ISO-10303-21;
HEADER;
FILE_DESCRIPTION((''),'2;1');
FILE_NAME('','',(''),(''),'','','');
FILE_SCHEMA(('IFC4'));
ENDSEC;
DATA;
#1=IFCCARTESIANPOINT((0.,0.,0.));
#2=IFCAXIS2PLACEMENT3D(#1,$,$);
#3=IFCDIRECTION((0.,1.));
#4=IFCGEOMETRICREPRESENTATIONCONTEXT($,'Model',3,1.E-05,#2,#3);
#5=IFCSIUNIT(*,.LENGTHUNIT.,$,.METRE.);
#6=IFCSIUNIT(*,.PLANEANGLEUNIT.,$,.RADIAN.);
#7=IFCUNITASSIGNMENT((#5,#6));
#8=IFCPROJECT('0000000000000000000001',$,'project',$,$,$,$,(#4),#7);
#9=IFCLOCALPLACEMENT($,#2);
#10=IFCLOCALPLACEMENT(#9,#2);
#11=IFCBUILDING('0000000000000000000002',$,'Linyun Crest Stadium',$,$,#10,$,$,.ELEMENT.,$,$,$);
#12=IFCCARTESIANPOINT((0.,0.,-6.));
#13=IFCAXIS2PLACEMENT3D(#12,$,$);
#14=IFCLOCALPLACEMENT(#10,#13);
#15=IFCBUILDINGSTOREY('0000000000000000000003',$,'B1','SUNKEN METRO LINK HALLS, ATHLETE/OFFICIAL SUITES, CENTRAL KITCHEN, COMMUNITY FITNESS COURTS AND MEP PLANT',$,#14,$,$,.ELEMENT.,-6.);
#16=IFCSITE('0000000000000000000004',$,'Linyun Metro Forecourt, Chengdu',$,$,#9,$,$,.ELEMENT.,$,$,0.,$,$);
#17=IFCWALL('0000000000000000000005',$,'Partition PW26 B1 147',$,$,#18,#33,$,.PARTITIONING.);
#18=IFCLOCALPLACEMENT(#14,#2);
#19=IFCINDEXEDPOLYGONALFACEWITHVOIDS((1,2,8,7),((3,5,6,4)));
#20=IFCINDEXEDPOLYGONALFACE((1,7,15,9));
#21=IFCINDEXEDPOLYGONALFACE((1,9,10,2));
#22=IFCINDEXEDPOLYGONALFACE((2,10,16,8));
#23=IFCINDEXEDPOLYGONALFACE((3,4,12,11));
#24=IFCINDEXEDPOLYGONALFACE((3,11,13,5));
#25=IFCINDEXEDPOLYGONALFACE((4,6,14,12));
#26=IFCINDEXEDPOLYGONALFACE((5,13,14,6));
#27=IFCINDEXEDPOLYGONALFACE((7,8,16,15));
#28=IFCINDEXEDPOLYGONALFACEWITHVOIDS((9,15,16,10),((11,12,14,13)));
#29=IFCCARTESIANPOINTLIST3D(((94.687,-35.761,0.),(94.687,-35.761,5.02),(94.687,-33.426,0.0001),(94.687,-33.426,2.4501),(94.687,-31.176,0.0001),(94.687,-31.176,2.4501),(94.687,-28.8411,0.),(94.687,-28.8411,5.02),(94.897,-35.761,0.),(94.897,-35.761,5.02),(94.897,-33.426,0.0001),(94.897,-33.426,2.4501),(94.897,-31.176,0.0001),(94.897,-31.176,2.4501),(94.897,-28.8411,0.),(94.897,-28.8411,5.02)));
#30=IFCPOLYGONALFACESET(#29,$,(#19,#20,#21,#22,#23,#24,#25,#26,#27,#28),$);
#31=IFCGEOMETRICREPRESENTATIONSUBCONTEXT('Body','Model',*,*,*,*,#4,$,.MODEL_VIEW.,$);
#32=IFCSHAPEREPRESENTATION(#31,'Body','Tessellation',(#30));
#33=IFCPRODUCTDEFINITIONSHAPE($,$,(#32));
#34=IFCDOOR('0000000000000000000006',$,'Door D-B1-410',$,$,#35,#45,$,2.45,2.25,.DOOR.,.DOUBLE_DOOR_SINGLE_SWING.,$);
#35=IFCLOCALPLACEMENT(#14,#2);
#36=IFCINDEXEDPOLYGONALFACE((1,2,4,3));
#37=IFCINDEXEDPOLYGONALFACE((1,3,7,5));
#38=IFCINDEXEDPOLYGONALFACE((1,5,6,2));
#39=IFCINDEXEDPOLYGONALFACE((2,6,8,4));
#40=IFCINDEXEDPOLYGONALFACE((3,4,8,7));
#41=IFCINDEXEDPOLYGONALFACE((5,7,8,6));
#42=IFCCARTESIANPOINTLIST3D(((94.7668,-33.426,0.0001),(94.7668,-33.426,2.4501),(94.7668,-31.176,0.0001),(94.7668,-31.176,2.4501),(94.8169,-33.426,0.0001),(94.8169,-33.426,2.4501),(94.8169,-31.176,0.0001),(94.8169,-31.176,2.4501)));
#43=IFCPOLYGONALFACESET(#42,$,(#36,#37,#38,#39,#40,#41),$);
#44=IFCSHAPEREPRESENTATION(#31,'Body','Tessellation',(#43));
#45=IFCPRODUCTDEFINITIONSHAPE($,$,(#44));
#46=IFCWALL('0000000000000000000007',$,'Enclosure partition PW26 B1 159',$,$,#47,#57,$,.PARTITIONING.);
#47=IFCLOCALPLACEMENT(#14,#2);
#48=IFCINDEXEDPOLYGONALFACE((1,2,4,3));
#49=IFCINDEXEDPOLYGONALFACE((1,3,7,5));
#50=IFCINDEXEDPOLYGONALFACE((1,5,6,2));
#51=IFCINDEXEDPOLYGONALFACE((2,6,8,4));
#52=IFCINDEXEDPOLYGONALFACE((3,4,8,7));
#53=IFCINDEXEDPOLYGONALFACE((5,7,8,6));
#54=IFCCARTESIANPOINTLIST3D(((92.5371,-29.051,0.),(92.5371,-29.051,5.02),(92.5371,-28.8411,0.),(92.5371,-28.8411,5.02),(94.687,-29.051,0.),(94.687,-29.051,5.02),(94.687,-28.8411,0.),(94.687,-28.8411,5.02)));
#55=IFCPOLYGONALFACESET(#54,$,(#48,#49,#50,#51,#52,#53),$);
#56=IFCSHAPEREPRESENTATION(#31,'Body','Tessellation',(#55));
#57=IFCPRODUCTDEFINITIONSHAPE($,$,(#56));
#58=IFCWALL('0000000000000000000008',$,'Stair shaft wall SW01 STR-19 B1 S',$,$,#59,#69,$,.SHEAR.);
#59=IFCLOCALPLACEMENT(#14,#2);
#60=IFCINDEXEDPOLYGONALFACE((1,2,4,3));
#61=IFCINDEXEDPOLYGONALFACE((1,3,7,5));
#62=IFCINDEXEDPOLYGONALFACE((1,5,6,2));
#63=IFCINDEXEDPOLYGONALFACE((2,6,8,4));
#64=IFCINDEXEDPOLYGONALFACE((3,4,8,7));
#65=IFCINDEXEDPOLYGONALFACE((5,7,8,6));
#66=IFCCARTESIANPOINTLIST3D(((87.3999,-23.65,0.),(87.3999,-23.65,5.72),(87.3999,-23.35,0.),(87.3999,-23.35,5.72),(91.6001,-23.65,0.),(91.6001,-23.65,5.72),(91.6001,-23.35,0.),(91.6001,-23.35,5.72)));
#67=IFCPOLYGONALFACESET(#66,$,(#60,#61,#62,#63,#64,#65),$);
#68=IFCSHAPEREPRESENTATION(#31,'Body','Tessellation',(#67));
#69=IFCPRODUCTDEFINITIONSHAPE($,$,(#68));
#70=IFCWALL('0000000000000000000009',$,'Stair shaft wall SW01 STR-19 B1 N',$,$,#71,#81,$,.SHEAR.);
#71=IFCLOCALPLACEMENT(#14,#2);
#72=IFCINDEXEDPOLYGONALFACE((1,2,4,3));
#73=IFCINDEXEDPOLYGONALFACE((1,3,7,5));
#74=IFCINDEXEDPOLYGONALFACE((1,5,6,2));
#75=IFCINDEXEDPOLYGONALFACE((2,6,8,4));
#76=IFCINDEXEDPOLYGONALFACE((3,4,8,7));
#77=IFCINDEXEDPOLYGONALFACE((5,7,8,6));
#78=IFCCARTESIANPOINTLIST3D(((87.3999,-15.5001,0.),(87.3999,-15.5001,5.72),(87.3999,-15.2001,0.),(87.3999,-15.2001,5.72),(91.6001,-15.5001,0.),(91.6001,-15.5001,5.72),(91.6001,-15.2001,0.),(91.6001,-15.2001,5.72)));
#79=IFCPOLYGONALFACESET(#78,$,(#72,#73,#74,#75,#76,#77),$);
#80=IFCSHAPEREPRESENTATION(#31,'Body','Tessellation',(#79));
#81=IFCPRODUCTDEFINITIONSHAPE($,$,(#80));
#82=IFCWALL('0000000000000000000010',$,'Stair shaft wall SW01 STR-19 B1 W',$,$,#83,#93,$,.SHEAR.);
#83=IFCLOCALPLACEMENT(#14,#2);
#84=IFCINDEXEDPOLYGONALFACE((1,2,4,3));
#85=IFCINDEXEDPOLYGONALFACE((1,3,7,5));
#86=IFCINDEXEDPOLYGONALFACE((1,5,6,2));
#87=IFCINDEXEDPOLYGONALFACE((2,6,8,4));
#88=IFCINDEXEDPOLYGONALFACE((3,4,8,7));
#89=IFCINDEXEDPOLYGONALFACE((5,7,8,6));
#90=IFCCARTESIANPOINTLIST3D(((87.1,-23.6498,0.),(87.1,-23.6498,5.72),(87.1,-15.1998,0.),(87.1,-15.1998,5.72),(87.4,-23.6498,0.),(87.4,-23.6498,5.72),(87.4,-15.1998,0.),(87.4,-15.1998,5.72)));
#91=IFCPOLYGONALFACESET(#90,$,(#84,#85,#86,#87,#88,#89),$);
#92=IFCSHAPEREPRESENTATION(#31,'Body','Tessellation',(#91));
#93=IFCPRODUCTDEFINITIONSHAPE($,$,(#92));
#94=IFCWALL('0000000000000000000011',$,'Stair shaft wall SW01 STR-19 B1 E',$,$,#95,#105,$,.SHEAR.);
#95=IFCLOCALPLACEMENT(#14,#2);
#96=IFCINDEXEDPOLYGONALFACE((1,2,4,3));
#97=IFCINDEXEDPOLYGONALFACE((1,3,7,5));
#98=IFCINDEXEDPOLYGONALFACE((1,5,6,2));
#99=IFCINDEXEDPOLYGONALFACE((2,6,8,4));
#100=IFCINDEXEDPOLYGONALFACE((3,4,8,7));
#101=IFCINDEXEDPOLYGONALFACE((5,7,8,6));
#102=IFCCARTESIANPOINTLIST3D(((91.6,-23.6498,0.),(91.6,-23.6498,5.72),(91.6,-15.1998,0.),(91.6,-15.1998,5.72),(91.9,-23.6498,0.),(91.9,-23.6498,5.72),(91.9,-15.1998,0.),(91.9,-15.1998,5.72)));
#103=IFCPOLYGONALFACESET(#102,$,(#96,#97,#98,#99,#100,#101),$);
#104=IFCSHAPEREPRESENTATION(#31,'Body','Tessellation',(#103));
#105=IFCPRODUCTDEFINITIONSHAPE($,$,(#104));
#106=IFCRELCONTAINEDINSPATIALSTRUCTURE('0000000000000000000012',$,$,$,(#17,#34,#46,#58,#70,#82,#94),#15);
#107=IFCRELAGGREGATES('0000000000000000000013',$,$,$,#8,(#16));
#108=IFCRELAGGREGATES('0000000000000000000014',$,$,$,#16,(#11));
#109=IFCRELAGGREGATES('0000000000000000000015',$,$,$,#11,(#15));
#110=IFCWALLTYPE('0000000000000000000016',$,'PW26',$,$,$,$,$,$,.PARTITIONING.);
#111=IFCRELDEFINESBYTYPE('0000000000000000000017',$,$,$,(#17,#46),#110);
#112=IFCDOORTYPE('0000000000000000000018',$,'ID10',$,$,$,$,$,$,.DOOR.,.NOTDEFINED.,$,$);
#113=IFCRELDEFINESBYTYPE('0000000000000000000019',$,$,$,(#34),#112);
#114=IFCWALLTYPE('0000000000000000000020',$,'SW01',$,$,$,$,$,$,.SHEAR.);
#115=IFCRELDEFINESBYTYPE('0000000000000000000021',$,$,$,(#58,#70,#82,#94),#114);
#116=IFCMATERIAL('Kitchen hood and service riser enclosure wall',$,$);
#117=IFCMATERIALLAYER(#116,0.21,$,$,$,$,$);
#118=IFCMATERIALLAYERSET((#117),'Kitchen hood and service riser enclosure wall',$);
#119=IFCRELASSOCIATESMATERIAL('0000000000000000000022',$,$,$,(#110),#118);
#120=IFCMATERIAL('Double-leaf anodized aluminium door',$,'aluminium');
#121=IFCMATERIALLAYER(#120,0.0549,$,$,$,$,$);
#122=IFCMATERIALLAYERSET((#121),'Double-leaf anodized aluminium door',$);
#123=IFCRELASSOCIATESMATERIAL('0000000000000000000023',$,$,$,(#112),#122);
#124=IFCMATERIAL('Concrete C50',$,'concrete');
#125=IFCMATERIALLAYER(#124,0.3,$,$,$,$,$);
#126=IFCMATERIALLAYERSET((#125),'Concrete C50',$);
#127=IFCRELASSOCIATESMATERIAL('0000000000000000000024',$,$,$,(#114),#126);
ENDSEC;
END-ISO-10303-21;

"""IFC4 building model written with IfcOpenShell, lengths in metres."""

from ifc_helpers import new_model, si_unit, direction, frame, frame_2d, origin, place, context, subcontext, project, spatial, rectangle, extrude, material, layer, layer_set, type_object, element, fill, save


model = new_model("IFC4")

# Units and contexts
model_context = context("Model", 3, precision=1e-05, world=origin(), true_north=direction((0.0, 1.0)))
body_context = subcontext(model_context, "Body", "Model", "MODEL_VIEW")
ifc_project = project(units=[si_unit("LENGTHUNIT", "METRE"), si_unit("PLANEANGLEUNIT", "RADIAN")], contexts=[model_context])

# Site, building, storey
site_placement = place(None, origin())
site = spatial("IfcSite", under=ifc_project, at=site_placement, Name="Linyun Metro Forecourt, Chengdu", CompositionType="ELEMENT", RefElevation=0.0)
building_placement = place(site_placement, origin())
building = spatial("IfcBuilding", under=site, at=building_placement, Name="Linyun Crest Stadium", CompositionType="ELEMENT")
storey_placement = place(building_placement, frame((0.0, 0.0, -6.0)))
storey = spatial("IfcBuildingStorey", under=building, at=storey_placement, Name="B1", Description="SUNKEN METRO LINK HALLS, ATHLETE/OFFICIAL SUITES, CENTRAL KITCHEN, COMMUNITY FITNESS COURTS AND MEP PLANT", CompositionType="ELEMENT", Elevation=-6.0)

# Wall, opening, door
ifc_material_1 = material(Name="Kitchen hood and service riser enclosure wall")
ifc_layer_1 = layer(ifc_material_1, 0.21)
ifc_layer_set_1 = layer_set([ifc_layer_1], Name="Kitchen hood and service riser enclosure wall")
wall_type_1 = type_object("IfcWallType", Name="PW26", PredefinedType="PARTITIONING", material=ifc_layer_set_1)
wall_1_placement = place(storey_placement, frame((94.792, -28.8411, 0.0), z_axis=(0.0, 0.0, 1.0), x_axis=(0.0, -1.0, 0.0)))
wall_1 = element("IfcWall", 1, at=wall_1_placement, inside=storey, type_object=wall_type_1, Name="Partition PW26 B1 147", PredefinedType="PARTITIONING", context=body_context, shape_type="SweptSolid", body=[
    extrude(rectangle(XDim=6.9199, YDim=0.21, at=frame_2d((3.46, 0.0))), origin(), (0.0, 0.0, 1.0), 5.02),
])
opening_1_placement = place(wall_1_placement, frame((2.335, 0.0, 0.0)))
opening_1 = element("IfcOpeningElement", 2, at=opening_1_placement, cuts=wall_1, PredefinedType="OPENING", context=body_context, shape_type="SweptSolid", body=[
    extrude(rectangle(XDim=2.25, YDim=2.45, at=frame_2d((1.125, 1.2251))), frame((0.0, 0.115, 0.0), z_axis=(0.0, -1.0, 0.0), x_axis=(1.0, 0.0, 0.0)), (0.0, 0.0, 1.0), 0.23),
])
ifc_material_2 = material(Name="Double-leaf anodized aluminium door", Category="aluminium")
ifc_layer_2 = layer(ifc_material_2, 0.0549)
ifc_layer_set_2 = layer_set([ifc_layer_2], Name="Double-leaf anodized aluminium door")
door_type = type_object("IfcDoorType", Name="ID10", OperationType="NOTDEFINED", PredefinedType="DOOR", material=ifc_layer_set_2)
door_placement = place(opening_1_placement, origin())
door = element("IfcDoor", 3, at=door_placement, inside=storey, type_object=door_type, Name="Door D-B1-410", OperationType="DOUBLE_DOOR_SINGLE_SWING", OverallHeight=2.45, OverallWidth=2.25, PredefinedType="DOOR", context=body_context, shape_type="SweptSolid", body=[
    extrude(rectangle(XDim=2.25, YDim=2.45, at=frame_2d((1.125, 1.2251))), frame((0.0, 0.0249, 0.0), z_axis=(0.0, -1.0, 0.0), x_axis=(1.0, 0.0, 0.0)), (0.0, 0.0, 1.0), 0.05),
])
fill(opening_1, door)

# Walls
wall_2_placement = place(storey_placement, frame((92.5371, -28.946, 0.0), z_axis=(0.0, 0.0, 1.0), x_axis=(1.0, 0.0, 0.0)))
element("IfcWall", 4, at=wall_2_placement, inside=storey, type_object=wall_type_1, Name="Enclosure partition PW26 B1 159", PredefinedType="PARTITIONING", context=body_context, shape_type="SweptSolid", body=[
    extrude(rectangle(XDim=2.1499, YDim=0.21, at=frame_2d((1.075, 0.0))), origin(), (0.0, 0.0, 1.0), 5.02),
])
ifc_material_3 = material(Name="Concrete C50", Category="concrete")
ifc_layer_3 = layer(ifc_material_3, 0.3)
ifc_layer_set_3 = layer_set([ifc_layer_3], Name="Concrete C50")
wall_type_2 = type_object("IfcWallType", Name="SW01", PredefinedType="SHEAR", material=ifc_layer_set_3)
for number, where, z_axis, x_axis, name in (
    (5, (87.3999, -23.5, 0.0), (0.0, 0.0, 1.0), (1.0, 0.0, 0.0), "Stair shaft wall SW01 STR-19 B1 S"),
    (6, (87.3999, -15.3501, 0.0), (0.0, 0.0, 1.0), (1.0, 0.0, 0.0), "Stair shaft wall SW01 STR-19 B1 N"),
):
    element("IfcWall", number, at=place(storey_placement, frame(where, z_axis=z_axis, x_axis=x_axis)), inside=storey, type_object=wall_type_2, Name=name, PredefinedType="SHEAR", context=body_context, shape_type="SweptSolid", body=[
        extrude(rectangle(XDim=4.2002, YDim=0.3, at=frame_2d((2.1001, 0.0))), origin(), (0.0, 0.0, 1.0), 5.72),
    ])
for number, where, z_axis, x_axis, name in (
    (7, (87.25, -23.6499, 0.0), (0.0, 0.0, 1.0), (0.0, 1.0, 0.0), "Stair shaft wall SW01 STR-19 B1 W"),
    (8, (91.75, -23.6499, 0.0), (0.0, 0.0, 1.0), (0.0, 1.0, 0.0), "Stair shaft wall SW01 STR-19 B1 E"),
):
    element("IfcWall", number, at=place(storey_placement, frame(where, z_axis=z_axis, x_axis=x_axis)), inside=storey, type_object=wall_type_2, Name=name, PredefinedType="SHEAR", context=body_context, shape_type="SweptSolid", body=[
        extrude(rectangle(XDim=8.45, YDim=0.3, at=frame_2d((4.2251, 0.0))), origin(), (0.0, 0.0, 1.0), 5.72),
    ])

save(model, "model.ifc")
